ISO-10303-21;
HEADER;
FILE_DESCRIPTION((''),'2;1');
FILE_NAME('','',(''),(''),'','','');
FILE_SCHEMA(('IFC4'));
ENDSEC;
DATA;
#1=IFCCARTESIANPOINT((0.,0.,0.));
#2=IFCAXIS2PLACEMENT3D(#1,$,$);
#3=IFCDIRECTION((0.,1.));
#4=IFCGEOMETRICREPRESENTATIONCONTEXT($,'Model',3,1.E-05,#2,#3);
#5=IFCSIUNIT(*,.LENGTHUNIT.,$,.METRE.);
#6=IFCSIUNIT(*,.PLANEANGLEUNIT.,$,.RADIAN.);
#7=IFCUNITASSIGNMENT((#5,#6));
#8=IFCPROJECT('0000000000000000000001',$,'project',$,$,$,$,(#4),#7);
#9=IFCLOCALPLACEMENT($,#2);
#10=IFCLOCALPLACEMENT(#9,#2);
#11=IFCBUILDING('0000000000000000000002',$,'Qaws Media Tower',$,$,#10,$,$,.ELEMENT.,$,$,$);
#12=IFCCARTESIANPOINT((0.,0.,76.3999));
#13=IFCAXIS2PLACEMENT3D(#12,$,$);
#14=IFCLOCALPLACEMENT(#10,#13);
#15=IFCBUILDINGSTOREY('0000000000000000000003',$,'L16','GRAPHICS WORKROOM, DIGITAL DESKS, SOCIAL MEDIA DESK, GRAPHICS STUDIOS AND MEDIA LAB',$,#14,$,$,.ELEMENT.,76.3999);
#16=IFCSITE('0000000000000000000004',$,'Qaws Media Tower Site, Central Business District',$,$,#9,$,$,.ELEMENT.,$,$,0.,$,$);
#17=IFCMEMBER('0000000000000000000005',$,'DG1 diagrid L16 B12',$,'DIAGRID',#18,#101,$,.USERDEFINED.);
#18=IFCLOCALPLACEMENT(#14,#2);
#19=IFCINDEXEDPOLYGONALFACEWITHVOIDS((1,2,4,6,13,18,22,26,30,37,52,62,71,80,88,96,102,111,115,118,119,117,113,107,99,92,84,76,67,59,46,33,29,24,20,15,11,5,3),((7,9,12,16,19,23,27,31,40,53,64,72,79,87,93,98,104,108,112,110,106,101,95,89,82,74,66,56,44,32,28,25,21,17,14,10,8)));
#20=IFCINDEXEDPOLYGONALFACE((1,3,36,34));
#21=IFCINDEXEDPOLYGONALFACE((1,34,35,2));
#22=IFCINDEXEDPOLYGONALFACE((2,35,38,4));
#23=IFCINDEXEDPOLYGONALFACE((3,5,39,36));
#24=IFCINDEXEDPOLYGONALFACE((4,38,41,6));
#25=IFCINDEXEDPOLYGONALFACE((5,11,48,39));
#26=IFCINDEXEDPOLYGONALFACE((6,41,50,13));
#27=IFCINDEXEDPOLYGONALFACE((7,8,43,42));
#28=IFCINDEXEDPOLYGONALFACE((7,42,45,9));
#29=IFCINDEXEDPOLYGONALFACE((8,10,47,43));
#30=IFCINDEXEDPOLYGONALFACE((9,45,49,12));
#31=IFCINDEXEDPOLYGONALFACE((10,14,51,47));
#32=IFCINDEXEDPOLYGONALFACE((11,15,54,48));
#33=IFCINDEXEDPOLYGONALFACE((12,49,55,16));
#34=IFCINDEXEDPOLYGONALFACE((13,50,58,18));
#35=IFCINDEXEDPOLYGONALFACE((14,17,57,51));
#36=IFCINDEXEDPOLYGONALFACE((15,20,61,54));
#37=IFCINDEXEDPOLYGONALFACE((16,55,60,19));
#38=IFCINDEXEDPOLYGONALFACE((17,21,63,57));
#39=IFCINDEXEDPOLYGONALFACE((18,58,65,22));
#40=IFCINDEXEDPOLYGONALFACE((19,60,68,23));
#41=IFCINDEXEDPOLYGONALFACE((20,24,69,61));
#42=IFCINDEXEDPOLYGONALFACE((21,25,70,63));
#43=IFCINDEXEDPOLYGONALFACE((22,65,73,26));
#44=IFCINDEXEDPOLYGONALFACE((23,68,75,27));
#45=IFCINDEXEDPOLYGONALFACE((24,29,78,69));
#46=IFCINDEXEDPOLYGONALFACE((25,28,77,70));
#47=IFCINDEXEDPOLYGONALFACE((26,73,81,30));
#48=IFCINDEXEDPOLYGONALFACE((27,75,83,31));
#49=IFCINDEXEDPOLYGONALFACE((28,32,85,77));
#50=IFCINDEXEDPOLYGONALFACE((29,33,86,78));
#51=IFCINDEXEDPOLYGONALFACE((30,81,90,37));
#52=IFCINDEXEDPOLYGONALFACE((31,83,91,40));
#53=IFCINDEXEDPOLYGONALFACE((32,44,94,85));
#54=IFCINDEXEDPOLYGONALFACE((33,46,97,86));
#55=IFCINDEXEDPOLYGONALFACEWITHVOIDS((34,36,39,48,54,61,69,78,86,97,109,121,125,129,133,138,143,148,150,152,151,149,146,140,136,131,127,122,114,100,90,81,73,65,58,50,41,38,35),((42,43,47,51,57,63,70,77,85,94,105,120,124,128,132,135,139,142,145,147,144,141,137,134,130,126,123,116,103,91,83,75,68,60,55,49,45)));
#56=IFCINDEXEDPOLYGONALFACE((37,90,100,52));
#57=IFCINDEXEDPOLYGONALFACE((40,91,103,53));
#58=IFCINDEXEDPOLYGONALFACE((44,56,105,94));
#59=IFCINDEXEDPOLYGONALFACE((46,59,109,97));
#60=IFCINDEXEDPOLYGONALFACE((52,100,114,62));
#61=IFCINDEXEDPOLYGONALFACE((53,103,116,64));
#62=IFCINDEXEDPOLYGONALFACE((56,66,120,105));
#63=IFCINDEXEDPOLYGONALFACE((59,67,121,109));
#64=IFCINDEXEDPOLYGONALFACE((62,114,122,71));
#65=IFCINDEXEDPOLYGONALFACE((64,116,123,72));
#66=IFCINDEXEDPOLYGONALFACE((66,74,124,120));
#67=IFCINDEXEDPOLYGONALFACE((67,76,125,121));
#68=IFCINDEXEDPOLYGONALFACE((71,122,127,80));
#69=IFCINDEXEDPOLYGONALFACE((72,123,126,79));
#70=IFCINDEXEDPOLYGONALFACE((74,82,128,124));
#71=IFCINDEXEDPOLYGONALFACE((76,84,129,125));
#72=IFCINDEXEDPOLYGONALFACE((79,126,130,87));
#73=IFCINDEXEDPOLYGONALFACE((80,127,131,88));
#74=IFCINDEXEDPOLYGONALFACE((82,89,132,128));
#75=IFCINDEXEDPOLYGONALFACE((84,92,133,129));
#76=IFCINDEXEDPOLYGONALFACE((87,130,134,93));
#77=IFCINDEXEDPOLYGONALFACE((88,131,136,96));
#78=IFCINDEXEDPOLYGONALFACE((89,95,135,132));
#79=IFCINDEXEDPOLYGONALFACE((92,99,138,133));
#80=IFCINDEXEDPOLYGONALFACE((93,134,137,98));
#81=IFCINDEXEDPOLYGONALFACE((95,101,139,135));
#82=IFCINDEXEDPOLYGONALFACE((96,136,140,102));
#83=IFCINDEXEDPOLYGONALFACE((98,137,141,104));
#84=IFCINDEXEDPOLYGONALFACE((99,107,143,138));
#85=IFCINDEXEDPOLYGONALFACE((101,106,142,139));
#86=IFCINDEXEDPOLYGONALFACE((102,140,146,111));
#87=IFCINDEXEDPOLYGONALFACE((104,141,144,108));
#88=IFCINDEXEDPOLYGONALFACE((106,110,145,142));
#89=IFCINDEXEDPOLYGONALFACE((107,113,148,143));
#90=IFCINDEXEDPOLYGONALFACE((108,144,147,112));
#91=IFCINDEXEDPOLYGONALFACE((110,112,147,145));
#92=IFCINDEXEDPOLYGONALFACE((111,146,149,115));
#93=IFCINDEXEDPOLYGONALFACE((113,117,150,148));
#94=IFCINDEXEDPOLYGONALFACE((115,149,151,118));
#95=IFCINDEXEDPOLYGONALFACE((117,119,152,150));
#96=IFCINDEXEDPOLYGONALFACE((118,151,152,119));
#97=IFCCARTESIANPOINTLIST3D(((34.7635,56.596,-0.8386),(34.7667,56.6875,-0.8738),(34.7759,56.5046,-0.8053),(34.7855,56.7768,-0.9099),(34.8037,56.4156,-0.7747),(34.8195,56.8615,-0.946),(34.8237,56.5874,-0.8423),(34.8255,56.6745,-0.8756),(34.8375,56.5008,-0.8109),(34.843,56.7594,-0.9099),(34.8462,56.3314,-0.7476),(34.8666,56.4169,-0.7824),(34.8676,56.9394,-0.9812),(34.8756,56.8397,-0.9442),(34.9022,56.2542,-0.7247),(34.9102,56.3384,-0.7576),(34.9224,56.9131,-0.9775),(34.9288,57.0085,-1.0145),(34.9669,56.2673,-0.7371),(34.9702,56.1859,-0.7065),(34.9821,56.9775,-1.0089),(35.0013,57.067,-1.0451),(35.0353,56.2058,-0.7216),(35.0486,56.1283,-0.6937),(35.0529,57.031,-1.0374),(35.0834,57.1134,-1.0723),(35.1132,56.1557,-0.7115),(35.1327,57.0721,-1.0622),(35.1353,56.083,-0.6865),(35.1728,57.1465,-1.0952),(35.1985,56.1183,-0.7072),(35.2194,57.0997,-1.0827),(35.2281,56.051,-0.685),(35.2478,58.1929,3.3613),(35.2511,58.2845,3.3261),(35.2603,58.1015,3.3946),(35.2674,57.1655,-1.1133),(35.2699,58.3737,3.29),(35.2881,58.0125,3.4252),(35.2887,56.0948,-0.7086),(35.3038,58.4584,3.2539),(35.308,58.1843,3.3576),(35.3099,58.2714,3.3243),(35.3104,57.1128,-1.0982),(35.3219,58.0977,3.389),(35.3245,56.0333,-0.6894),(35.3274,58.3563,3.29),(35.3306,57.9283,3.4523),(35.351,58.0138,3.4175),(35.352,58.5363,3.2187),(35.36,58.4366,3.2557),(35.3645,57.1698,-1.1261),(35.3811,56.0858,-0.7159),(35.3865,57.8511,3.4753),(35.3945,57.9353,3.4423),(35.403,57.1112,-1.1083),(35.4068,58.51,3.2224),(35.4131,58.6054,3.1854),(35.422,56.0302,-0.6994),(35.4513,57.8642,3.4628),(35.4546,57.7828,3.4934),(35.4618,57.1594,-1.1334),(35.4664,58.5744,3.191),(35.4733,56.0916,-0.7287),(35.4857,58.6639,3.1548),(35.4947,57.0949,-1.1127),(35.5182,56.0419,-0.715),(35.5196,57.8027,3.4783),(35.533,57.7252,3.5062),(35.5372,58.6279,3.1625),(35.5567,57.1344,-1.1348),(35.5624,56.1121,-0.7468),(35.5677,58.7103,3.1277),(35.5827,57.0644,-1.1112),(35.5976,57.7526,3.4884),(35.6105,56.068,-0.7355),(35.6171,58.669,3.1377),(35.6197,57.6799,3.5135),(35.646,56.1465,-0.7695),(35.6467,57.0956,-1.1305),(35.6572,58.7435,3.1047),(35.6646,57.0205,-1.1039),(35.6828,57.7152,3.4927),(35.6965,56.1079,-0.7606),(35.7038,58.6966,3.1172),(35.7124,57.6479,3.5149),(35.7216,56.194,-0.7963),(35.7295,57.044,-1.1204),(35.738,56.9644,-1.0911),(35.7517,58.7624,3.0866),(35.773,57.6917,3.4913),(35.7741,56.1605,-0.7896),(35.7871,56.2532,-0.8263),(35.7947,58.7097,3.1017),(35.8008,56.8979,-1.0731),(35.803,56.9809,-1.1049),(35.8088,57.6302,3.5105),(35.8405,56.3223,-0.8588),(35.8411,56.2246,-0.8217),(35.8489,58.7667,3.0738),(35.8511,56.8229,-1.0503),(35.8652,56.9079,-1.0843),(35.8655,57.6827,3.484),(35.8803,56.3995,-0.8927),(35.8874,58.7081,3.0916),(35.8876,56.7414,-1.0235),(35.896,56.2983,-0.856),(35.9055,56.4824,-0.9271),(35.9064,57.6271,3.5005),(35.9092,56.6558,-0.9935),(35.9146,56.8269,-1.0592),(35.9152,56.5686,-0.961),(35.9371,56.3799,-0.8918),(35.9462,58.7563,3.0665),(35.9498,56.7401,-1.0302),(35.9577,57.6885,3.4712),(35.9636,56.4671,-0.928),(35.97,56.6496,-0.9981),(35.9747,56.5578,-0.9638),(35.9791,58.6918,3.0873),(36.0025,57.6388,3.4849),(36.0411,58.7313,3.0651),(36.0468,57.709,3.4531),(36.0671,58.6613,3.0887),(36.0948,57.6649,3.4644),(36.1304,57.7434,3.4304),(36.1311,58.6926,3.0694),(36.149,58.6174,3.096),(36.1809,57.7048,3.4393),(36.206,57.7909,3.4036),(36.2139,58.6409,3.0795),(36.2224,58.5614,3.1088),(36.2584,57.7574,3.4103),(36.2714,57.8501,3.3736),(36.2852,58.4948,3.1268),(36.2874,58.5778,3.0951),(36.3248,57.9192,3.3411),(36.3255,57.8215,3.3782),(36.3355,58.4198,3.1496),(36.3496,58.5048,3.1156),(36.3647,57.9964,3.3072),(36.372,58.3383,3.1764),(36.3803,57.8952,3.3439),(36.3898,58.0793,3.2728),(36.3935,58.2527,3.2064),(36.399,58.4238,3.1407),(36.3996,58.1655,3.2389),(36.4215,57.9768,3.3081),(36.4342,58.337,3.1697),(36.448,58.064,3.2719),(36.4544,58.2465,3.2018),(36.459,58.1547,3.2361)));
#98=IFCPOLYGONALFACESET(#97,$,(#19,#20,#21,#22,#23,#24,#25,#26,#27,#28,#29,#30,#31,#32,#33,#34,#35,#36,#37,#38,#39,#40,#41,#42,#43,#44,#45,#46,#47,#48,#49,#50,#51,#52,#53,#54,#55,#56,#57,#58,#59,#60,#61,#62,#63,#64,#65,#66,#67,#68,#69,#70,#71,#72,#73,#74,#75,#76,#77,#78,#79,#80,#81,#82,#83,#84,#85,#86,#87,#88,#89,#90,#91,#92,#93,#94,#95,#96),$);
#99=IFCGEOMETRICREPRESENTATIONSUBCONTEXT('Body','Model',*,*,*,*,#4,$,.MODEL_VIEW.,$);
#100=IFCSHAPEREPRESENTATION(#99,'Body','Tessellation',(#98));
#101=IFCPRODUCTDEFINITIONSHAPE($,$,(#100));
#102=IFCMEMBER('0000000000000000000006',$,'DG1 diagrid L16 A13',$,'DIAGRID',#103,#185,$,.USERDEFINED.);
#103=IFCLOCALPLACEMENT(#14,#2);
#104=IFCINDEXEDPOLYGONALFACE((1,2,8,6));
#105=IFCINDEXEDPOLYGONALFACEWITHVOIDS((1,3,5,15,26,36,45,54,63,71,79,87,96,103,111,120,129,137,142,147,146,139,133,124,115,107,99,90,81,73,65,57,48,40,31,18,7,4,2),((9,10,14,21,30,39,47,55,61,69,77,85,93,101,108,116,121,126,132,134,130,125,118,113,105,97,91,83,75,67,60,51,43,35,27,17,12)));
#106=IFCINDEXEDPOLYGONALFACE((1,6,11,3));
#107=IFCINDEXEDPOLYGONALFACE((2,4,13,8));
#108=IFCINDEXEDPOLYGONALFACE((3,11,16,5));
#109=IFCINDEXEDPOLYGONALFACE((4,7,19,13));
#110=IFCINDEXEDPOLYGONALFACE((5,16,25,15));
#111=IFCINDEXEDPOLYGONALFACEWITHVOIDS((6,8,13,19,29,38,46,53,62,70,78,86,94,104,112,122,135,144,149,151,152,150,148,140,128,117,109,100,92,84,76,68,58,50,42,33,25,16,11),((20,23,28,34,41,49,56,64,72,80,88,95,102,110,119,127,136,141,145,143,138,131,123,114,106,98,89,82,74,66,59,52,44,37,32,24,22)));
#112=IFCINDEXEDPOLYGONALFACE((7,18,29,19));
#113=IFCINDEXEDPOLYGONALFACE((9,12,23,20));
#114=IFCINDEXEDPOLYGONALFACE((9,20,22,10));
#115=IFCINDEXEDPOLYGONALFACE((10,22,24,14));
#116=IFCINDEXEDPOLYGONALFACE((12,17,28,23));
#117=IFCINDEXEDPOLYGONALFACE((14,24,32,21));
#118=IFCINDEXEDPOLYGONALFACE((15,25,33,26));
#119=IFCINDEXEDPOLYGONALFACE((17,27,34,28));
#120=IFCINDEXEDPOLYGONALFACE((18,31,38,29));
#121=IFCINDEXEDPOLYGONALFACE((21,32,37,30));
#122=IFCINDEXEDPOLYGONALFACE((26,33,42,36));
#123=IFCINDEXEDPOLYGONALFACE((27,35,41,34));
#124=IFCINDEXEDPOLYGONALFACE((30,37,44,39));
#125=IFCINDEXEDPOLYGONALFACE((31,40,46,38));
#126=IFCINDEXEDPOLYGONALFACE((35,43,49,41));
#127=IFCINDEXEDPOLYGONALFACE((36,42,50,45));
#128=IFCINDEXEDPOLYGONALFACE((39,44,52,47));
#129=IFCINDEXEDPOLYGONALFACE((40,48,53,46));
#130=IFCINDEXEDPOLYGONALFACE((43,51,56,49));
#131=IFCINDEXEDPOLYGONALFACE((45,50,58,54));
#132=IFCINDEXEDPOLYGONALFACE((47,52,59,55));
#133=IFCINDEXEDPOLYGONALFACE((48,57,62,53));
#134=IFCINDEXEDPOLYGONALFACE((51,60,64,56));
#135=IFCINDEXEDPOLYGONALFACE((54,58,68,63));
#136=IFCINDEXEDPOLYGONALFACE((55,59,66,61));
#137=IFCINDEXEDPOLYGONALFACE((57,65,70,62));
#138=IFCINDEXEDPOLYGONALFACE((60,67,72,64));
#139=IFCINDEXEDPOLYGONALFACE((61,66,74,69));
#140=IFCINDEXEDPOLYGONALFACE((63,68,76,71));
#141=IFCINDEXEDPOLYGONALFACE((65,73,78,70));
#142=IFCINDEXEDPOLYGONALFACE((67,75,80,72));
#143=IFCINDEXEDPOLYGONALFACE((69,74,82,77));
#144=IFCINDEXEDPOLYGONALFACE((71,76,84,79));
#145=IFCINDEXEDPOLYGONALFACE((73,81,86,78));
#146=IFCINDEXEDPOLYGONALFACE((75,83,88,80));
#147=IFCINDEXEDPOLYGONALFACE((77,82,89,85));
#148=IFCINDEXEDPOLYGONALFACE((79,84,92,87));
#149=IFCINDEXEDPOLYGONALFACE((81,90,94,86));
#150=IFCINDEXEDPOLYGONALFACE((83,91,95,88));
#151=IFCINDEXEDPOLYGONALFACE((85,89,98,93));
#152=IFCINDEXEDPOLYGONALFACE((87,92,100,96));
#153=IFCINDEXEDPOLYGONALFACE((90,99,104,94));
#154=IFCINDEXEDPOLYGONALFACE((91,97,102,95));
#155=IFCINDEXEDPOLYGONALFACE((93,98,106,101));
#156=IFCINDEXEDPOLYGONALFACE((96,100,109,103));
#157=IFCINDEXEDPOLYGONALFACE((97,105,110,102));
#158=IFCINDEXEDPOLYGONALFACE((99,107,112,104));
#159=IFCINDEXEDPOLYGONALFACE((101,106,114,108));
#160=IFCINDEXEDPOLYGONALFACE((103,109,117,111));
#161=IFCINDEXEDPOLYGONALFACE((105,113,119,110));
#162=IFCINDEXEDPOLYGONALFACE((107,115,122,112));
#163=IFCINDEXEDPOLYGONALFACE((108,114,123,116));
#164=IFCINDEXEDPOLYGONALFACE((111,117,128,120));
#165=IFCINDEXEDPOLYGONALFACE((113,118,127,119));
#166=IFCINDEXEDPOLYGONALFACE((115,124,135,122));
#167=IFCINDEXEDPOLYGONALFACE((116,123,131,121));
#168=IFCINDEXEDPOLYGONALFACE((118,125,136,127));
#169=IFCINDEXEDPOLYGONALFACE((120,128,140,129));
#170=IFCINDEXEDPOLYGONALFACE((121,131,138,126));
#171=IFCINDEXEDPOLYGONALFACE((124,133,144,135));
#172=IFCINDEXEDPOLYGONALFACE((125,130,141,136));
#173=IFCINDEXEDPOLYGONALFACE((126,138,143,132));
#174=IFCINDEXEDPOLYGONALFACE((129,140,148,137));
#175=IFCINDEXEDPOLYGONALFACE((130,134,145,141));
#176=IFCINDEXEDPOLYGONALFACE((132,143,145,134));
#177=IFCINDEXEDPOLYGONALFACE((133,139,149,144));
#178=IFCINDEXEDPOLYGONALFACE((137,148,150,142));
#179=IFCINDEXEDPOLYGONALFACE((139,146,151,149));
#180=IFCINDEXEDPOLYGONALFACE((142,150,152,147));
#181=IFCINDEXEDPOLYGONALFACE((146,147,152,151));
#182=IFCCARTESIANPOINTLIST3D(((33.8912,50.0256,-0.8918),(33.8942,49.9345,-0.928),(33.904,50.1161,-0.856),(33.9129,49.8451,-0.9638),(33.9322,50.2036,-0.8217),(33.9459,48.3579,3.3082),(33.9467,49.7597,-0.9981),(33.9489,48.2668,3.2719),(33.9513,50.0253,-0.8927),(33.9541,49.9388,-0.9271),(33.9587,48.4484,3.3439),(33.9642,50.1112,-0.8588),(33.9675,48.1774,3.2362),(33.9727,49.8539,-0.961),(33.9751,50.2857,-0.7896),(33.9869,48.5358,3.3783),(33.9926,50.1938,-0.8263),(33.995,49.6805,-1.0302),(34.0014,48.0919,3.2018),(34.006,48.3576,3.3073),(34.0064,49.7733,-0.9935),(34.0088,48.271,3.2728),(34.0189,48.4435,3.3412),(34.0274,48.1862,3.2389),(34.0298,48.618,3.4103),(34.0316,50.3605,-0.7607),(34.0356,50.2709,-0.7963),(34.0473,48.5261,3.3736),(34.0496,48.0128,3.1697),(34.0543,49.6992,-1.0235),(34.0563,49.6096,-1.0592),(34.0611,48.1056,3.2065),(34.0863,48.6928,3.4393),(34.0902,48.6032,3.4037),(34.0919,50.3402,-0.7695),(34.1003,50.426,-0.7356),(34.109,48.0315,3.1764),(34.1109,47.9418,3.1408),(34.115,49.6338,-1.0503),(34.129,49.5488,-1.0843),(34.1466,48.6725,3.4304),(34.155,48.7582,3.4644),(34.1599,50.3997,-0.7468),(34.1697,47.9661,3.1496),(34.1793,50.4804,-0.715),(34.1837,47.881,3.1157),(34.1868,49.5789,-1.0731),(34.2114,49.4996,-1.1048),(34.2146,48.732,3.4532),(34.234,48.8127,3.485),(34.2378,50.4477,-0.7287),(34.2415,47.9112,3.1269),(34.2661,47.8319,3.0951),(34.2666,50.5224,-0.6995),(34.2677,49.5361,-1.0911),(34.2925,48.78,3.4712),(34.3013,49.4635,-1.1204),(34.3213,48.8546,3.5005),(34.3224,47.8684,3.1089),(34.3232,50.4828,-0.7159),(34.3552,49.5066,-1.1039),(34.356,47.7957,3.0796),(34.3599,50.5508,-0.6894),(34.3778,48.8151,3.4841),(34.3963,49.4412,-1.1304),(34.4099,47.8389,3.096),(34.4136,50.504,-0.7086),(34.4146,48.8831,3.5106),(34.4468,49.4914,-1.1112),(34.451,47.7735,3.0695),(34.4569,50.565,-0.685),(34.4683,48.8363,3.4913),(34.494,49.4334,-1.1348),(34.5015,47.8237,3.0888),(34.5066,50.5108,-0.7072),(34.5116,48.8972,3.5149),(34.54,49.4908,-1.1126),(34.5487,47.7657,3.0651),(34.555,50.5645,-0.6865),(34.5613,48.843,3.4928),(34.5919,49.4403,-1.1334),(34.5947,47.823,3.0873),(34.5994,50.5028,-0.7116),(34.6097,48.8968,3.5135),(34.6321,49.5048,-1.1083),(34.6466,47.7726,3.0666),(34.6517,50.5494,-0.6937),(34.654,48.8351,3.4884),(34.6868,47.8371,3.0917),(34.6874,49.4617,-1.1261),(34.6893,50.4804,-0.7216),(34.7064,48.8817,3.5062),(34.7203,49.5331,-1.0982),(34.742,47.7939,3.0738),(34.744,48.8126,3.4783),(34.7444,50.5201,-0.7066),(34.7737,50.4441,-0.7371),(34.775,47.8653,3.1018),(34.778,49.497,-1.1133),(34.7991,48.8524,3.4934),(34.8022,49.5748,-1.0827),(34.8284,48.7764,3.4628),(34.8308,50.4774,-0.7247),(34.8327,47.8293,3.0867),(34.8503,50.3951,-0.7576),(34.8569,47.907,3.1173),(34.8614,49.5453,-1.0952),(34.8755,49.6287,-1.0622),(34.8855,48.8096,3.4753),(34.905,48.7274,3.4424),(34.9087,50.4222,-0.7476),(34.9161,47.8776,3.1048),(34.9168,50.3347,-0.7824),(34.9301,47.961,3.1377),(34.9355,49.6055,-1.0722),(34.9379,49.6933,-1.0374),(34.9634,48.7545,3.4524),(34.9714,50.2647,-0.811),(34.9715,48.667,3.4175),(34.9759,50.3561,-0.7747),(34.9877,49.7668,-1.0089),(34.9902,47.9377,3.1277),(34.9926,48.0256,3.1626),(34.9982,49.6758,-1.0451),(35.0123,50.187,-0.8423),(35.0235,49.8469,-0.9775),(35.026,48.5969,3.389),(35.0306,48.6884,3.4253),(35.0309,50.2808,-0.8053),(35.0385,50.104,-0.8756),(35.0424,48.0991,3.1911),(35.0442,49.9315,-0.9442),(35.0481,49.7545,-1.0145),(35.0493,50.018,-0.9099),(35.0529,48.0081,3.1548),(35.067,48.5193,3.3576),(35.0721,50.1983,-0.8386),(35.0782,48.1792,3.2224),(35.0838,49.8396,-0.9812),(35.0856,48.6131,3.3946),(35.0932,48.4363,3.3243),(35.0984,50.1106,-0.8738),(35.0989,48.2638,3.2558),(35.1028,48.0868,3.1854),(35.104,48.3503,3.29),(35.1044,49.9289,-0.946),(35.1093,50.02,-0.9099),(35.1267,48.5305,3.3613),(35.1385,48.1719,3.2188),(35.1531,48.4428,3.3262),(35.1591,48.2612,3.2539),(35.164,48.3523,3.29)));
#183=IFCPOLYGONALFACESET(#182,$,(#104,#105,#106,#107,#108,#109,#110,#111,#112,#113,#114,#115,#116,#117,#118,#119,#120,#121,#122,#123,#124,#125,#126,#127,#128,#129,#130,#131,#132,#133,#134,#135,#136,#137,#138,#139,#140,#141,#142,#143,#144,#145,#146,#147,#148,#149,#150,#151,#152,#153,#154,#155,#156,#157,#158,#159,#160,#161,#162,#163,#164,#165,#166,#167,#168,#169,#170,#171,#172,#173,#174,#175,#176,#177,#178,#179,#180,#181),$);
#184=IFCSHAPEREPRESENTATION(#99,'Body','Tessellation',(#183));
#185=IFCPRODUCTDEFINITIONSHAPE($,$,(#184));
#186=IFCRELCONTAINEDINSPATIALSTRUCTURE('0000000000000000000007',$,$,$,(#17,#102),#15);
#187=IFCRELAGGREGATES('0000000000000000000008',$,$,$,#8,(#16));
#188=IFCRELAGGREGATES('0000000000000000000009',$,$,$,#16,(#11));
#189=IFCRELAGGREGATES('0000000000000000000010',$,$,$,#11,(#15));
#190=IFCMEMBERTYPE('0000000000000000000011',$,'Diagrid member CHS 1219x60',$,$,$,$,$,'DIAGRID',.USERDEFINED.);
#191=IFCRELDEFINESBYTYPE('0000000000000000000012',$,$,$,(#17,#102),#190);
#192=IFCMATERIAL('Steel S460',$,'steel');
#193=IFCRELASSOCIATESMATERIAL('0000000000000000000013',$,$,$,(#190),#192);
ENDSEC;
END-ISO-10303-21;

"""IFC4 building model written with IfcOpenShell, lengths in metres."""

from ifc_helpers import new_model, si_unit, direction, frame, origin, origin_2d, place, context, subcontext, project, spatial, hollow_circle, extrude, material, material_profile, profile_set, type_object, element, save


model = new_model("IFC4")

# Units and contexts
model_context = context("Model", 3, precision=1e-05, world=origin(), true_north=direction((0.0, 1.0)))
body_context = subcontext(model_context, "Body", "Model", "MODEL_VIEW")
ifc_project = project(units=[si_unit("LENGTHUNIT", "METRE"), si_unit("PLANEANGLEUNIT", "RADIAN")], contexts=[model_context])

# Site, building, storey
site_placement = place(None, origin())
site = spatial("IfcSite", under=ifc_project, at=site_placement, Name="Qaws Media Tower Site, Central Business District", CompositionType="ELEMENT", RefElevation=0.0)
building_placement = place(site_placement, origin())
building = spatial("IfcBuilding", under=site, at=building_placement, Name="Qaws Media Tower", CompositionType="ELEMENT")
storey_placement = place(building_placement, frame((0.0, 0.0, 76.3999)))
storey = spatial("IfcBuildingStorey", under=building, at=storey_placement, Name="L16", Description="GRAPHICS WORKROOM, DIGITAL DESKS, SOCIAL MEDIA DESK, GRAPHICS STUDIOS AND MEDIA LAB", CompositionType="ELEMENT", Elevation=76.3999)

# Members
ifc_material_1 = material(Name="Steel S460", Category="steel")
ifc_material_profile_1 = material_profile(ifc_material_1, hollow_circle(Radius=0.6096, WallThickness=0.0601, at=origin_2d()), Name="CHS 1219x60")
ifc_profile_set_1 = profile_set([ifc_material_profile_1], Name="Steel S460")
member_type_1 = type_object("IfcMemberType", Name="Diagrid member CHS 1219x60", ElementType="DIAGRID", PredefinedType="USERDEFINED", material=ifc_profile_set_1)
for number, where, z_axis, x_axis, name in (
    (1, (35.3689, 56.5999, -0.9099), (0.107178, 0.353354, 0.92933), (-0.956948, 0.290259, 0.0), "DG1 diagrid L16 B12"),
    (2, (34.5, 50.0, -0.9099), (0.012101, -0.369024, 0.929341), (0.999463, 0.032774, 0.0), "DG1 diagrid L16 A13"),
):
    element("IfcMember", number, at=place(storey_placement, frame(where, z_axis=z_axis, x_axis=x_axis)), inside=storey, type_object=member_type_1, Name=name, ObjectType="DIAGRID", PredefinedType="USERDEFINED", context=body_context, shape_type="SweptSolid", body=[
        extrude(hollow_circle(Radius=0.6096, WallThickness=0.0601, at=origin_2d()), origin(), (0.0, 0.0, 1.0), 4.5193),
    ])

save(model, "model.ifc")
